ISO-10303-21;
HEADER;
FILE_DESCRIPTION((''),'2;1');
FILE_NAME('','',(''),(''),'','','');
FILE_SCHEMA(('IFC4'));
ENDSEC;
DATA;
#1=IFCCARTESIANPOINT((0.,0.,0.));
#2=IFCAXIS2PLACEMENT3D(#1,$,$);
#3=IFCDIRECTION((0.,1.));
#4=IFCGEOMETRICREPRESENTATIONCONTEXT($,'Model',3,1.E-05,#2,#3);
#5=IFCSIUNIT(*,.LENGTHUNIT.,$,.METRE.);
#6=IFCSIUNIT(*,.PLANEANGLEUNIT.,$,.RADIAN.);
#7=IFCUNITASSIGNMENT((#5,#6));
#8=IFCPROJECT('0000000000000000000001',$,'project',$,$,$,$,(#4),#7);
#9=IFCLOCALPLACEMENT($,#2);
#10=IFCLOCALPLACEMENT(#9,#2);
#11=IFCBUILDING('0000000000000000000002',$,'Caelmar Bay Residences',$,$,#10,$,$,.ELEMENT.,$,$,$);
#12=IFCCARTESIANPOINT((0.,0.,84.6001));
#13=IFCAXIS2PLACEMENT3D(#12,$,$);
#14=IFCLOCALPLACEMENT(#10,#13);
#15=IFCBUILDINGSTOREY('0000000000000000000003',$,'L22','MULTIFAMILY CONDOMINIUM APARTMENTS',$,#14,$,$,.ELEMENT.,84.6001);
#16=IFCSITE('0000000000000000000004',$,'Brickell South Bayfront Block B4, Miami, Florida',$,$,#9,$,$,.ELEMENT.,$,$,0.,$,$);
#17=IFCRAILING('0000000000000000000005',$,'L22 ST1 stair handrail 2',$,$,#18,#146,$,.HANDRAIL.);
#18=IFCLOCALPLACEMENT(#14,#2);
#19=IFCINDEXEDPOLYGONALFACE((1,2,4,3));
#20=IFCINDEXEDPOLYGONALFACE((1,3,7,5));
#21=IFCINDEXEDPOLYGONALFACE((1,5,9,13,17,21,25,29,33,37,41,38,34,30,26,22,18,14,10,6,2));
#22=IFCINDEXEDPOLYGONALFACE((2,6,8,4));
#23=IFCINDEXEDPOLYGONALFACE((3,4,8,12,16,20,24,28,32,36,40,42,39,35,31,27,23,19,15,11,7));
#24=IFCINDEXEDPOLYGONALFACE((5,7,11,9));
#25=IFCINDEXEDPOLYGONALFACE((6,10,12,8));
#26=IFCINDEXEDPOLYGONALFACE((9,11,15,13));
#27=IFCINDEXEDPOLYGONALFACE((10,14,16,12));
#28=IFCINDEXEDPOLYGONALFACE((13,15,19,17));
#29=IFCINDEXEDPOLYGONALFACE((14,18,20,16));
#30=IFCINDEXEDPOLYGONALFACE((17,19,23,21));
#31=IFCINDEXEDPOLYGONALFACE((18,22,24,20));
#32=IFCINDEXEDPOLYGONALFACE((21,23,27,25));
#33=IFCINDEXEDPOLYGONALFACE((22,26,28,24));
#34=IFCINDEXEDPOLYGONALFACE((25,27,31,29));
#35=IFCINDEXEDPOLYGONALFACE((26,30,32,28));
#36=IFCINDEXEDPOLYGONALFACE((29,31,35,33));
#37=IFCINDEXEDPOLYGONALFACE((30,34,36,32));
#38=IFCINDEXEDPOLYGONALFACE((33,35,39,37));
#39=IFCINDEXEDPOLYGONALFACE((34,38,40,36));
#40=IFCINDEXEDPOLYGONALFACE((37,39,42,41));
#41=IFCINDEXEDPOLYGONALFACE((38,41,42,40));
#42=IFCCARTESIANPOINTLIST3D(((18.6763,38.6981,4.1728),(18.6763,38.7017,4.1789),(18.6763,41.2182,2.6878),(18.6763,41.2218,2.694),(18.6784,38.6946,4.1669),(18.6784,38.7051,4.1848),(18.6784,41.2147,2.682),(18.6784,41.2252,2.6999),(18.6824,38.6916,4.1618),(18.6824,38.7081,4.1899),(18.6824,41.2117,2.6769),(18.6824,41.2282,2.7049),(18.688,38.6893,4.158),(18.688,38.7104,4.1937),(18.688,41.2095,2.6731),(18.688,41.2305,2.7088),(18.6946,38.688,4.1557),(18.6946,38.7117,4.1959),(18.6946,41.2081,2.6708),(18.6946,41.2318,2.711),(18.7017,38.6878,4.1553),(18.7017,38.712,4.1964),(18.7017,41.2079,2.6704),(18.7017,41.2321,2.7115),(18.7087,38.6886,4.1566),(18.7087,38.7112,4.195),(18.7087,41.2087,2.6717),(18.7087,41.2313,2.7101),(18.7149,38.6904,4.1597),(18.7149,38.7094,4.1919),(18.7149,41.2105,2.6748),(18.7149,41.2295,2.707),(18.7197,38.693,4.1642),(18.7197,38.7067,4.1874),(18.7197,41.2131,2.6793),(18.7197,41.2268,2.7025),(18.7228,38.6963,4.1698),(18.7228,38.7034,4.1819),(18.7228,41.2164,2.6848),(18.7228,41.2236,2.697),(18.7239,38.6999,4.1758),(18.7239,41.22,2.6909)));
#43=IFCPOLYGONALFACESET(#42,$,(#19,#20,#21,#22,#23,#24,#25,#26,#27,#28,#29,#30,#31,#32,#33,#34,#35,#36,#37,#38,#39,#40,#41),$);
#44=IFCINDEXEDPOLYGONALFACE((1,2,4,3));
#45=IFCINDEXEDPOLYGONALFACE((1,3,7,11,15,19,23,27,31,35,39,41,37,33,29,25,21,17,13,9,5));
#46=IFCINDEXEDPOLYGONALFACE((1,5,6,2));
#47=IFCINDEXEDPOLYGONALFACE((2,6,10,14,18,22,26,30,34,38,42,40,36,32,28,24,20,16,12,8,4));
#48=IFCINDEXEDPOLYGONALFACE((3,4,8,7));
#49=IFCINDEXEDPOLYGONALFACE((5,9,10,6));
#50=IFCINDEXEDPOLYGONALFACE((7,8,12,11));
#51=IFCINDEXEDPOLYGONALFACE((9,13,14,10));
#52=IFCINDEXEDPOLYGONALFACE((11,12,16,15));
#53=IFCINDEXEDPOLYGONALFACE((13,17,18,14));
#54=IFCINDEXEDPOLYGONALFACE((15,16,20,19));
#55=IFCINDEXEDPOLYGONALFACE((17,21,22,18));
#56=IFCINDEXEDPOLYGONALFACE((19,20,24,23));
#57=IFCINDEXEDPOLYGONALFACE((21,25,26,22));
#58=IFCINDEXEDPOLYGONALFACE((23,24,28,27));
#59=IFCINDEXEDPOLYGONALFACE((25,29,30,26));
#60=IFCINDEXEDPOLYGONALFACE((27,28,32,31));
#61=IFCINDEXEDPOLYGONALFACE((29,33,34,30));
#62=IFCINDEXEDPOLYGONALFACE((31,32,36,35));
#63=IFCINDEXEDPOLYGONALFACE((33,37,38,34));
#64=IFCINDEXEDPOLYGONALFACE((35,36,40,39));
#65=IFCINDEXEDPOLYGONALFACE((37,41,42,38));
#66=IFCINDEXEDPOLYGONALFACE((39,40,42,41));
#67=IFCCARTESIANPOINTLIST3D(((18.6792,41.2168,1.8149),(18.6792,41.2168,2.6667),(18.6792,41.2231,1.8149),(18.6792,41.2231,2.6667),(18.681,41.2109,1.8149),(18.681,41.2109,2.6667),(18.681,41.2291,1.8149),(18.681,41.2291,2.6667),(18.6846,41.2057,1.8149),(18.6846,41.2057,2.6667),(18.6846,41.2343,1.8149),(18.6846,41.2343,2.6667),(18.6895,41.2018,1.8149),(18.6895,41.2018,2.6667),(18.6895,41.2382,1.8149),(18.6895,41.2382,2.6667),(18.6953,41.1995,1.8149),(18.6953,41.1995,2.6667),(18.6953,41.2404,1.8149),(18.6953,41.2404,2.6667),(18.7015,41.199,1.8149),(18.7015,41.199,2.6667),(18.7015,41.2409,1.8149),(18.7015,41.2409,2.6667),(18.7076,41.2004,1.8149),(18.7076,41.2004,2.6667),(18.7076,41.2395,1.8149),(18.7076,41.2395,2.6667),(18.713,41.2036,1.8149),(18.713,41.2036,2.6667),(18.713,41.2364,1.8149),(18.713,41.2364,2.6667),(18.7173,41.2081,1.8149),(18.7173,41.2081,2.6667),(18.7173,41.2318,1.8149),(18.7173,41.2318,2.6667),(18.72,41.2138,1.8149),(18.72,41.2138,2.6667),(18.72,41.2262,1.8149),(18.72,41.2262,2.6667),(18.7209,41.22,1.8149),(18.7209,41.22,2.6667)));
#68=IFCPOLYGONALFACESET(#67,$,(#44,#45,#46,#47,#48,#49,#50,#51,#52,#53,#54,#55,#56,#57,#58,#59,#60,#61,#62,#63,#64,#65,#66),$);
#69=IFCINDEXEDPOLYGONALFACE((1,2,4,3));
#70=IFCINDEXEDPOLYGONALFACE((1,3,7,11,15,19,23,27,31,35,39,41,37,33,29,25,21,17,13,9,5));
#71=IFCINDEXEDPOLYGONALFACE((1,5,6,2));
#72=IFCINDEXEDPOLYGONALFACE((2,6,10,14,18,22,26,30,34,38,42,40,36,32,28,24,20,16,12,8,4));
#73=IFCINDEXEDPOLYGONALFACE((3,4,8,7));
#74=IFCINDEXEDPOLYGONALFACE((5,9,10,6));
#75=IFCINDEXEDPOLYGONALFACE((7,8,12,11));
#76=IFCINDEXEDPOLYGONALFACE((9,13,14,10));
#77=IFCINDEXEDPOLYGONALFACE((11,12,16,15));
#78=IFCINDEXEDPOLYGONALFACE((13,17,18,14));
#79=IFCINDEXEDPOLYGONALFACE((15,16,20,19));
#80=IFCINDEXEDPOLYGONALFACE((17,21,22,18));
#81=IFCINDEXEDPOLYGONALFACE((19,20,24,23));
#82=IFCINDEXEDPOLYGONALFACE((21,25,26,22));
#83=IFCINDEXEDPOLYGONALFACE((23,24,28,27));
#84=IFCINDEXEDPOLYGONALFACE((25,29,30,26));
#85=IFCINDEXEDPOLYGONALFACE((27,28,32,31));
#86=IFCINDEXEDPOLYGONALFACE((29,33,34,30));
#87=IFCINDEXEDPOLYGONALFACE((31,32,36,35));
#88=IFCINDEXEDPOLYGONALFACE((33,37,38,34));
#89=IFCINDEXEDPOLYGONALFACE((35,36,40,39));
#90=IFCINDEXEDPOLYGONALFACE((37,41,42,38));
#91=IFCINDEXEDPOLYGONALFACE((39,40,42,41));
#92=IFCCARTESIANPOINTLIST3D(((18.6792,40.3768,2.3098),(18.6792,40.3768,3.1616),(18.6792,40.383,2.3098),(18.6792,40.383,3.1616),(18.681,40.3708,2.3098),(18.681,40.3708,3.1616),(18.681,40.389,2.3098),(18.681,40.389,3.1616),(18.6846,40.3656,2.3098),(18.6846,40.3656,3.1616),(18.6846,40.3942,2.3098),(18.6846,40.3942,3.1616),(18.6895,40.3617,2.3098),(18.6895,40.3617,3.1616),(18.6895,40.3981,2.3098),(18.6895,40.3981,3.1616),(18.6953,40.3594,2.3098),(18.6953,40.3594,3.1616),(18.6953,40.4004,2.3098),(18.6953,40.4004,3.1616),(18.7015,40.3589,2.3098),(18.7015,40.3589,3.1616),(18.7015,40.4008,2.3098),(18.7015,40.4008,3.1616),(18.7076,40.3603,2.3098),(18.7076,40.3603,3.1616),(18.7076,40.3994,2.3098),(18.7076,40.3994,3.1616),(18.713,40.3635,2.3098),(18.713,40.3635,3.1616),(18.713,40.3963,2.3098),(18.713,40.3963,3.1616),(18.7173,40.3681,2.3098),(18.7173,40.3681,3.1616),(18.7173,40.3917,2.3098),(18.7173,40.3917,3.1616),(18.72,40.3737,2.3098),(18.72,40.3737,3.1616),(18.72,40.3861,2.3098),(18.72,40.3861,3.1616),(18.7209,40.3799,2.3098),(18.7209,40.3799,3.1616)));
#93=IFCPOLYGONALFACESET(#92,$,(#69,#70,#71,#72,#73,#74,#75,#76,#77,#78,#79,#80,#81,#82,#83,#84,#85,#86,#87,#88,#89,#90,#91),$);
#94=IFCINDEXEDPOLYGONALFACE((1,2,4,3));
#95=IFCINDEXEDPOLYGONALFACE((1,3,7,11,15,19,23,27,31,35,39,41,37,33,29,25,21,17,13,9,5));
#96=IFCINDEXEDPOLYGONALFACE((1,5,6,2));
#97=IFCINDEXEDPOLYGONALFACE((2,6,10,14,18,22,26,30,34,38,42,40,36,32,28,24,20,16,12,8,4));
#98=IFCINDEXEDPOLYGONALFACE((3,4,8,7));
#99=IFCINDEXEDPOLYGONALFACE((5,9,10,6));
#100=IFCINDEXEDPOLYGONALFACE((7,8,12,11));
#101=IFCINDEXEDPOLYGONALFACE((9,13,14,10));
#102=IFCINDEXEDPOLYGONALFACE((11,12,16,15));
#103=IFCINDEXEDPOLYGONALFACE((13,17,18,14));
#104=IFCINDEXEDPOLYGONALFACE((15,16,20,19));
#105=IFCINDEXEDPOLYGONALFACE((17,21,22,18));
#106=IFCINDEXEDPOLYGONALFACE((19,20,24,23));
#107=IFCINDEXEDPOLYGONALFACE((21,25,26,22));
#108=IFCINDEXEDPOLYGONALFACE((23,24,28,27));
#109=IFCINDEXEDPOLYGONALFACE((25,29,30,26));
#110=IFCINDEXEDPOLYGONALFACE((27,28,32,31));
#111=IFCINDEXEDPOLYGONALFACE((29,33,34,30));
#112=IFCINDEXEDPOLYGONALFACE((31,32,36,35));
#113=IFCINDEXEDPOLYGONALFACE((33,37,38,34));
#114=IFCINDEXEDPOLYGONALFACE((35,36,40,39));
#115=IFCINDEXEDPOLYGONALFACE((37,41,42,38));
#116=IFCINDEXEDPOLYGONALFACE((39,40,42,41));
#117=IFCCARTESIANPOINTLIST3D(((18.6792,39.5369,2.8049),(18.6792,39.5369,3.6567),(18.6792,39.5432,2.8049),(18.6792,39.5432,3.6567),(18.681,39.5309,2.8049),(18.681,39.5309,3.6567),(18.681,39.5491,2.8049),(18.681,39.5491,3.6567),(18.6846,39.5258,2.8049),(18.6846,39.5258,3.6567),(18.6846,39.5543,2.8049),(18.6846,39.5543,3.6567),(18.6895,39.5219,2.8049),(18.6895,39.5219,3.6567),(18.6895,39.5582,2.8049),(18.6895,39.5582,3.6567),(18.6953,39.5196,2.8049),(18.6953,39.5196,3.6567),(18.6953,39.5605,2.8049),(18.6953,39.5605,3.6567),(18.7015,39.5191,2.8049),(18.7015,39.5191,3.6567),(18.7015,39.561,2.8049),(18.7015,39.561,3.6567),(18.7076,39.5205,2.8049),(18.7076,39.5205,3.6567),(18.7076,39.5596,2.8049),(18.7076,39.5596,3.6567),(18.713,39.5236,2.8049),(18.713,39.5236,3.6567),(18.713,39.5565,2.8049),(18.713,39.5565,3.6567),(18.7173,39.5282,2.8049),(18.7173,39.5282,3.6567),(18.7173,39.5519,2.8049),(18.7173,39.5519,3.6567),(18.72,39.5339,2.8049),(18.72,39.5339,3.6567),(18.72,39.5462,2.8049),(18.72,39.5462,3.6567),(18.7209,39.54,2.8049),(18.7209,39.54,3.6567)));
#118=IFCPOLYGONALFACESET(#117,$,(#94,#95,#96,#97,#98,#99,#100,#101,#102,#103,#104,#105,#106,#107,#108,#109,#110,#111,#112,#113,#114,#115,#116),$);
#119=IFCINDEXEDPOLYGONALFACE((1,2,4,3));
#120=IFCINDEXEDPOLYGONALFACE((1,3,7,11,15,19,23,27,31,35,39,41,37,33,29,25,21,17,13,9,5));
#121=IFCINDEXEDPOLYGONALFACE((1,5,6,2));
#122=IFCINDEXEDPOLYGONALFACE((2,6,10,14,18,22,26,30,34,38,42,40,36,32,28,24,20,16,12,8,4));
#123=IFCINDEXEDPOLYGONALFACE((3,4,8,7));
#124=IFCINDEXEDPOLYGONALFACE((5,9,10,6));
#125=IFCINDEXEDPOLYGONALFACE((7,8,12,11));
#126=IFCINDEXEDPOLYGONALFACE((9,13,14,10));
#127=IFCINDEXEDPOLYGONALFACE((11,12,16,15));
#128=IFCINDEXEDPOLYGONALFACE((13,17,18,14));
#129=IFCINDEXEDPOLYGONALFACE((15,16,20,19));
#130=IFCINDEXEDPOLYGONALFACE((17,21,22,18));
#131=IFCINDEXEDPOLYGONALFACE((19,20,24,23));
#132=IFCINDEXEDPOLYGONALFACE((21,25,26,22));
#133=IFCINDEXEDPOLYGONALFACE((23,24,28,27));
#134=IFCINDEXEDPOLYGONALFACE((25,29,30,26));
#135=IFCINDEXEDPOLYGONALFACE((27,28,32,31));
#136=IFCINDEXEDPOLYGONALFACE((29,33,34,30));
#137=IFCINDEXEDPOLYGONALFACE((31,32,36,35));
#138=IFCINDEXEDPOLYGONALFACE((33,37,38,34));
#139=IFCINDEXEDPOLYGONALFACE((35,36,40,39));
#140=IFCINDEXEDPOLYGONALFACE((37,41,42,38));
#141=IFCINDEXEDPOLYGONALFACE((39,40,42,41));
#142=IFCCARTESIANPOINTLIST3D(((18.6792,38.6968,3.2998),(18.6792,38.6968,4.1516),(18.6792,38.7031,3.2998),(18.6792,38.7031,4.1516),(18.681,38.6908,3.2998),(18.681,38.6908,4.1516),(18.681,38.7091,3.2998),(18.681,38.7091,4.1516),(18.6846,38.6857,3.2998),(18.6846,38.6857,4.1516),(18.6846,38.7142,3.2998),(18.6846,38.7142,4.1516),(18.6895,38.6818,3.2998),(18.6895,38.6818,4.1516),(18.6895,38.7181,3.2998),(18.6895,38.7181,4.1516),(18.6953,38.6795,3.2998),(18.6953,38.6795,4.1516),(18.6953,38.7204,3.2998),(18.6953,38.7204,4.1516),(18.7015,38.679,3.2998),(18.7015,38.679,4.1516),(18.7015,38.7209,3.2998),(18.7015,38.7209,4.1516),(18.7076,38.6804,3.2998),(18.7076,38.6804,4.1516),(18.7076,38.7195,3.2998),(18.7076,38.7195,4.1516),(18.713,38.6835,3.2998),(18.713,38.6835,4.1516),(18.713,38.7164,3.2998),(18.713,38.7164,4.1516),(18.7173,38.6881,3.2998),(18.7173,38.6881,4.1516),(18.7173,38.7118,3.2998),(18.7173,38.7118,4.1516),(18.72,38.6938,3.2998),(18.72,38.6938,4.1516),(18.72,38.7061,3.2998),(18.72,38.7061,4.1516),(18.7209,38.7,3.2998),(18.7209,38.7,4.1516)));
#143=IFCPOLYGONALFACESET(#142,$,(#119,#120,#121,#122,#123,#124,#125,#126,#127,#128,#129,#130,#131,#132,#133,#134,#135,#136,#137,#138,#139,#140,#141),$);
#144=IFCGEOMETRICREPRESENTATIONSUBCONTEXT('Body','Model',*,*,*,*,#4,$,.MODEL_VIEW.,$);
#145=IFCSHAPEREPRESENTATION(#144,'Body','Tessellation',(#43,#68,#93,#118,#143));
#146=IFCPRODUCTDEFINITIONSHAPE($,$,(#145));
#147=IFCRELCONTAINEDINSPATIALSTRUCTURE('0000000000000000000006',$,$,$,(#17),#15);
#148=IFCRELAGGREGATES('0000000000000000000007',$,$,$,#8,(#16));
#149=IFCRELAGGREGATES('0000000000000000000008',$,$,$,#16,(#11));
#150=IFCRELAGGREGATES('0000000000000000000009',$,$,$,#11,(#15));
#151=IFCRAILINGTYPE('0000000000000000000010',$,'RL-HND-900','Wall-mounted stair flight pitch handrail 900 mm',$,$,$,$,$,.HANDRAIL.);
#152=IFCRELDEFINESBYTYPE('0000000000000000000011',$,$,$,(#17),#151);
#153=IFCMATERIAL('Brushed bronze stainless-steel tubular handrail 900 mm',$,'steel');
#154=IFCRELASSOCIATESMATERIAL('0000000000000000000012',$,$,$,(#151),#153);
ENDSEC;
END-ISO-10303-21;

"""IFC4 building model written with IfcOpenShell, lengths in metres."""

from ifc_helpers import new_model, si_unit, direction, frame, origin, origin_2d, place, context, subcontext, project, spatial, circle, extrude, material, type_object, element, save


model = new_model("IFC4")

# Units and contexts
model_context = context("Model", 3, precision=1e-05, world=origin(), true_north=direction((0.0, 1.0)))
body_context = subcontext(model_context, "Body", "Model", "MODEL_VIEW")
ifc_project = project(units=[si_unit("LENGTHUNIT", "METRE"), si_unit("PLANEANGLEUNIT", "RADIAN")], contexts=[model_context])

# Site, building, storey
site_placement = place(None, origin())
site = spatial("IfcSite", under=ifc_project, at=site_placement, Name="Brickell South Bayfront Block B4, Miami, Florida", CompositionType="ELEMENT", RefElevation=0.0)
building_placement = place(site_placement, origin())
building = spatial("IfcBuilding", under=site, at=building_placement, Name="Caelmar Bay Residences", CompositionType="ELEMENT")
storey_placement = place(building_placement, frame((0.0, 0.0, 84.6001)))
storey = spatial("IfcBuildingStorey", under=building, at=storey_placement, Name="L22", Description="MULTIFAMILY CONDOMINIUM APARTMENTS", CompositionType="ELEMENT", Elevation=84.6001)

# Railing
ifc_material_1 = material(Name="Brushed bronze stainless-steel tubular handrail 900 mm", Category="steel")
railing_type_1 = type_object("IfcRailingType", Name="RL-HND-900", Description="Wall-mounted stair flight pitch handrail 900 mm", PredefinedType="HANDRAIL", material=ifc_material_1)
railing_1_placement = place(storey_placement, frame((18.7, 41.22, 1.8149)))
element("IfcRailing", 1, at=railing_1_placement, inside=storey, type_object=railing_type_1, Name="L22 ST1 stair handrail 2", PredefinedType="HANDRAIL", context=body_context, shape_type="SweptSolid", body=[
    extrude(circle(Radius=0.0239, at=origin_2d()), frame((0.0, 0.0, 0.876), z_axis=(0.0, -0.861561, 0.507655), x_axis=(1.0, 0.0, 0.0)), (0.0, 0.0, 1.0), 2.925),
    extrude(circle(Radius=0.021, at=origin_2d()), origin(), (0.0, 0.0, 1.0), 0.8518),
    extrude(circle(Radius=0.021, at=origin_2d()), frame((0.0, -0.8401, 0.4949)), (0.0, 0.0, 1.0), 0.8518),
    extrude(circle(Radius=0.021, at=origin_2d()), frame((0.0, -1.6799, 0.99)), (0.0, 0.0, 1.0), 0.8518),
    extrude(circle(Radius=0.021, at=origin_2d()), frame((0.0, -2.52, 1.4849)), (0.0, 0.0, 1.0), 0.8518),
])

save(model, "model.ifc")
